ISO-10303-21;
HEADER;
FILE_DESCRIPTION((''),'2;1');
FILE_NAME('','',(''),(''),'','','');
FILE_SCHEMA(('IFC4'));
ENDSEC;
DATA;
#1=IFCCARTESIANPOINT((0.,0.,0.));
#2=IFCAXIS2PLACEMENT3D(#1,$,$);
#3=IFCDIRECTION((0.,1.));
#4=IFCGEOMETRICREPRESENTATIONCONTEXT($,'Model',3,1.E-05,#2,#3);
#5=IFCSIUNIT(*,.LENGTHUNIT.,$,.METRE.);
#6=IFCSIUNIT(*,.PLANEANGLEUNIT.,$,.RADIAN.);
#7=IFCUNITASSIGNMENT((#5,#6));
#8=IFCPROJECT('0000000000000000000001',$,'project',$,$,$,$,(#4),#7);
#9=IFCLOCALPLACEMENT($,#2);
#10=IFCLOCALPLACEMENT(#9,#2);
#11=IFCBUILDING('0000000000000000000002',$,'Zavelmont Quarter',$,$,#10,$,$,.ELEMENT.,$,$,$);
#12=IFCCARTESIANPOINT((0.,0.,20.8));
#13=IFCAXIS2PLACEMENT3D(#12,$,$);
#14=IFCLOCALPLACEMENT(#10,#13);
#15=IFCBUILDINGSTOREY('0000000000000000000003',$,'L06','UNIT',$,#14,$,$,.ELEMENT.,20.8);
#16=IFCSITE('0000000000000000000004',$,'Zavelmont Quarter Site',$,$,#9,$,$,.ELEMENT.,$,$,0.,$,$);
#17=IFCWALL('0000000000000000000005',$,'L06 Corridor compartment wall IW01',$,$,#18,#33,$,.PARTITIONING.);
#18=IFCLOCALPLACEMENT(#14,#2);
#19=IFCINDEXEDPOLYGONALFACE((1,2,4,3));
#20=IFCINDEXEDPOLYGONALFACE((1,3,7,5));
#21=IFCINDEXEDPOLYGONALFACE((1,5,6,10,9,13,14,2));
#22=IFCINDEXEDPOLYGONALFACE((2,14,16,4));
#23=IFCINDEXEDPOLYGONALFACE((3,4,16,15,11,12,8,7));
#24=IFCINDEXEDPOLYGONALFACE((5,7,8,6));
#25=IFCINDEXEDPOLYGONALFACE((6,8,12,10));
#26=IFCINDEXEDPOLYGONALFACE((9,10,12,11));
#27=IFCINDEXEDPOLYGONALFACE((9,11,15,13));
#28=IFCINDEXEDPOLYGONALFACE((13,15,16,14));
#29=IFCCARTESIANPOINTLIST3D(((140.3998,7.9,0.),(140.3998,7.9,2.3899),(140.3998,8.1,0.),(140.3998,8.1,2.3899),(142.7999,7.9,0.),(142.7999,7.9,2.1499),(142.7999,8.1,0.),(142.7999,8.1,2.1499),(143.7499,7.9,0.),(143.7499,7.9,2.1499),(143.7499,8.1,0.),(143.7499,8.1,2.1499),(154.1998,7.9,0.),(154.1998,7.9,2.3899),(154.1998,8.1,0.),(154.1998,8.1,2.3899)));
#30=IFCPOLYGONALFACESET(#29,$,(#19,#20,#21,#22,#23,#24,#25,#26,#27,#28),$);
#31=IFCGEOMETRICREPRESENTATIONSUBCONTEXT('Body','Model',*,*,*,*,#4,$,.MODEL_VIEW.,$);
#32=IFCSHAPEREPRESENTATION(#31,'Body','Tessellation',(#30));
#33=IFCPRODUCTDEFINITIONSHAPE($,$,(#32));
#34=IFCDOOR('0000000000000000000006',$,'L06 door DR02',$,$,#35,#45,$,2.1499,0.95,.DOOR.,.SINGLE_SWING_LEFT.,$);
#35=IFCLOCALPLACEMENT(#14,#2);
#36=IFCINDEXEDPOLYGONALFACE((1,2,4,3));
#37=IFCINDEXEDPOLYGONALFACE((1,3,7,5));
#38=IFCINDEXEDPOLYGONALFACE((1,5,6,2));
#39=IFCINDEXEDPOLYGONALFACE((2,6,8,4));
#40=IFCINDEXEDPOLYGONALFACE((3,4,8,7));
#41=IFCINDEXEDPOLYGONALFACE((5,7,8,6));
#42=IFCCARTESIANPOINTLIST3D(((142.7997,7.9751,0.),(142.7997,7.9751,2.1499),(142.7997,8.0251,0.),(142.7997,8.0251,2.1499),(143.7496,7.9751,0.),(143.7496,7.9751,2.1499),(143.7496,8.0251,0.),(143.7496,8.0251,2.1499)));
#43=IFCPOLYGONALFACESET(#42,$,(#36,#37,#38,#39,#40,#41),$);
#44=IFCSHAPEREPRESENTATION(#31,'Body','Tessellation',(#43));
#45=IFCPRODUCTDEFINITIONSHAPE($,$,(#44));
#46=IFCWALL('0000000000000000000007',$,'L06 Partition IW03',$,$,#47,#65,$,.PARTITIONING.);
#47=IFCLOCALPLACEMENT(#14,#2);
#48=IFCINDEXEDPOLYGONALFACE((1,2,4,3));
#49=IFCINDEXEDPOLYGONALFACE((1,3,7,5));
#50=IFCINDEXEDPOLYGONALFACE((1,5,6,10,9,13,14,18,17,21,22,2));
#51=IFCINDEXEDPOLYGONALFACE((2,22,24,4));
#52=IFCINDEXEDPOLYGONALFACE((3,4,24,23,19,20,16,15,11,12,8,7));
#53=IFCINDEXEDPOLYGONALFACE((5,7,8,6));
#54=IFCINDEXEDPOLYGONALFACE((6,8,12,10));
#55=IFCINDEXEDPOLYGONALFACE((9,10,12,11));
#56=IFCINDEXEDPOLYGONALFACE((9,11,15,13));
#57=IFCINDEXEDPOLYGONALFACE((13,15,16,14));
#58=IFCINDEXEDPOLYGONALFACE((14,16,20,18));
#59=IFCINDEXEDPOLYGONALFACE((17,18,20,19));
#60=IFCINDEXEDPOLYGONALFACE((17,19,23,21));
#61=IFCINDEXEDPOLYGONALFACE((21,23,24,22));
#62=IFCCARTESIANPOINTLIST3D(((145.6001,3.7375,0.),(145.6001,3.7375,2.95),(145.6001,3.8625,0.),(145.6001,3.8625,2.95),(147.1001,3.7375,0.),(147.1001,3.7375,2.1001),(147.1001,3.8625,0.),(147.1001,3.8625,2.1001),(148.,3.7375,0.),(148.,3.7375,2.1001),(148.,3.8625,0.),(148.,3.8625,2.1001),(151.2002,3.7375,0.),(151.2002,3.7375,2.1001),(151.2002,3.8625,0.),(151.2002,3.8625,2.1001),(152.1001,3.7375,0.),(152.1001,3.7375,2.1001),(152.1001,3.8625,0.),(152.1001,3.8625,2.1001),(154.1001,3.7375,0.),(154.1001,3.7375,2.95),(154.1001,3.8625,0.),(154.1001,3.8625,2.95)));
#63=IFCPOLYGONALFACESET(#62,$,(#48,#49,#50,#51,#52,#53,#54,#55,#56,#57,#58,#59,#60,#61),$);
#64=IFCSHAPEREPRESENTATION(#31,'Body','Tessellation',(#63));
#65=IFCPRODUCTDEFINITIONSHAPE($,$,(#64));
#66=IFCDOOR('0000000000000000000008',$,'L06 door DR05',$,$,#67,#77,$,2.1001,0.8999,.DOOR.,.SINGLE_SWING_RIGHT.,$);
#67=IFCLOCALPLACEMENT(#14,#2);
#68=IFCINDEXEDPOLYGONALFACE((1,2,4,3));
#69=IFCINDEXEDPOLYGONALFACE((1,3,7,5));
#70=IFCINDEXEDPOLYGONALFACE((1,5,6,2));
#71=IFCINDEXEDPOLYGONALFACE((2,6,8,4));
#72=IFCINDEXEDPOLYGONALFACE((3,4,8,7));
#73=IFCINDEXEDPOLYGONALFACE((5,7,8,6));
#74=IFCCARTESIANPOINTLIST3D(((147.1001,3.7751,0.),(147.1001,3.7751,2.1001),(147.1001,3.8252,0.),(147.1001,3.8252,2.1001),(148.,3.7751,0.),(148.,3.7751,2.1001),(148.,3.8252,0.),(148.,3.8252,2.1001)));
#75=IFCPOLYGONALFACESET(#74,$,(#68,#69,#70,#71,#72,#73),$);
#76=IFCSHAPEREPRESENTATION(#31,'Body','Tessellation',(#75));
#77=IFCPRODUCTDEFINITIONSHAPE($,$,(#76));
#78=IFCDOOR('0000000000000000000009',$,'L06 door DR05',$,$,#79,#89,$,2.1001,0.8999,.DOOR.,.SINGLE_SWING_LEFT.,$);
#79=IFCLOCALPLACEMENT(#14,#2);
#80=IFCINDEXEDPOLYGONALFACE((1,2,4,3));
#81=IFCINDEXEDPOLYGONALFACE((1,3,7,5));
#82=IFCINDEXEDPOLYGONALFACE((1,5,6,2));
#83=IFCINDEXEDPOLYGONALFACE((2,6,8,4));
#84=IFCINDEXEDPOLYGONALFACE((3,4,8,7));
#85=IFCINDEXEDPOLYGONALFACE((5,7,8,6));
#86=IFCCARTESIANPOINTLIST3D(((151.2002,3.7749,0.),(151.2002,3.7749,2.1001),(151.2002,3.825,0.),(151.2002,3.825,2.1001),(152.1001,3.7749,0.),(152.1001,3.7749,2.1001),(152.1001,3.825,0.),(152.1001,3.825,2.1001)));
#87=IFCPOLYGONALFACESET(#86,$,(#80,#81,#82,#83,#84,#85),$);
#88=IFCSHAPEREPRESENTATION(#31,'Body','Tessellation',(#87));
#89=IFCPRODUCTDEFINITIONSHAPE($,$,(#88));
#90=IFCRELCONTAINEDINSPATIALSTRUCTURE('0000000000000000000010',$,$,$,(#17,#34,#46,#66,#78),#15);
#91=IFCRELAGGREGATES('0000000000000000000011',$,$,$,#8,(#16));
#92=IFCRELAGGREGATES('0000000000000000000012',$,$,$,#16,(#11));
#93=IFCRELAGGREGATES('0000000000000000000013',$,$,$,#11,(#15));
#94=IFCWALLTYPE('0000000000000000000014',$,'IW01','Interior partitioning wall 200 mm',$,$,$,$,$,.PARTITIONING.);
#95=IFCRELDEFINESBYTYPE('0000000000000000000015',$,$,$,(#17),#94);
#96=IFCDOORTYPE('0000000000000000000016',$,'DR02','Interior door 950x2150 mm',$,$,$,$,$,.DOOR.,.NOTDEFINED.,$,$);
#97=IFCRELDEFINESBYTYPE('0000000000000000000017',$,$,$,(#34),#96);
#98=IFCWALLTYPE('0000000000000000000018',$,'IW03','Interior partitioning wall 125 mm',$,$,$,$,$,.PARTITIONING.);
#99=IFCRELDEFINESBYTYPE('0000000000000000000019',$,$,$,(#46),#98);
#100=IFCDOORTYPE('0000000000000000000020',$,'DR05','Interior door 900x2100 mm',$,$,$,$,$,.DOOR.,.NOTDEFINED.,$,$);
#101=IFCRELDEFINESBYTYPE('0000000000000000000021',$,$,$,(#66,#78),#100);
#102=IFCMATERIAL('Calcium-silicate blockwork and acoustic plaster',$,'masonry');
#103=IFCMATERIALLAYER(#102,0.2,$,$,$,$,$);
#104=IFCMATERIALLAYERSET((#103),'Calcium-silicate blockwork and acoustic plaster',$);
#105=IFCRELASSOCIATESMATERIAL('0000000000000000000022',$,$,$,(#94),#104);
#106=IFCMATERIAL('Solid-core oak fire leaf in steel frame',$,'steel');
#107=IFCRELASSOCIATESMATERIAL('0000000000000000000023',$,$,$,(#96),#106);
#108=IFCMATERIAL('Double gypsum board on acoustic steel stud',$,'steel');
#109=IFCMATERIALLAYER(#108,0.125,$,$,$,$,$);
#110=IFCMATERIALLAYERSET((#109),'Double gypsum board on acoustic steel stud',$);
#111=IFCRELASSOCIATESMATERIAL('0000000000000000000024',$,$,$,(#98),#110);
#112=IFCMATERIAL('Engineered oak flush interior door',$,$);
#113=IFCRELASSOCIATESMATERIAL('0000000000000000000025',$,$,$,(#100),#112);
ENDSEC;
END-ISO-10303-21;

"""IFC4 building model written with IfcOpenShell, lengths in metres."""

from ifc_helpers import new_model, si_unit, direction, frame, frame_2d, origin, origin_with_axes, place, context, subcontext, project, spatial, rectangle, extrude, material, layer, layer_set, type_object, element, fill, save


model = new_model("IFC4")

# Units and contexts
model_context = context("Model", 3, precision=1e-05, world=origin(), true_north=direction((0.0, 1.0)))
body_context = subcontext(model_context, "Body", "Model", "MODEL_VIEW")
ifc_project = project(units=[si_unit("LENGTHUNIT", "METRE"), si_unit("PLANEANGLEUNIT", "RADIAN")], contexts=[model_context])

# Site, building, storey
site_placement = place(None, origin())
site = spatial("IfcSite", under=ifc_project, at=site_placement, Name="Zavelmont Quarter Site", CompositionType="ELEMENT", RefElevation=0.0)
building_placement = place(site_placement, origin())
building = spatial("IfcBuilding", under=site, at=building_placement, Name="Zavelmont Quarter", CompositionType="ELEMENT")
storey_placement = place(building_placement, frame((0.0, 0.0, 20.8)))
storey = spatial("IfcBuildingStorey", under=building, at=storey_placement, Name="L06", Description="UNIT", CompositionType="ELEMENT", Elevation=20.8)

# Shared definitions
ifc_material_1 = material(Name="Calcium-silicate blockwork and acoustic plaster", Category="masonry")
ifc_layer_1 = layer(ifc_material_1, 0.2)
ifc_layer_set_1 = layer_set([ifc_layer_1], Name="Calcium-silicate blockwork and acoustic plaster")
wall_type_1 = type_object("IfcWallType", Name="IW01", Description="Interior partitioning wall 200 mm", PredefinedType="PARTITIONING", material=ifc_layer_set_1)

# Wall, opening, door
wall_1_placement = place(storey_placement, frame((140.3999, 8.0, 0.0), z_axis=(0.0, 0.0, 1.0), x_axis=(1.0, 0.0, 0.0)))
wall_1 = element("IfcWall", 1, at=wall_1_placement, inside=storey, type_object=wall_type_1, Name="L06 Corridor compartment wall IW01", PredefinedType="PARTITIONING", context=body_context, shape_type="SweptSolid", body=[
    extrude(rectangle(XDim=13.8, YDim=0.2, at=frame_2d((6.8999, 0.0))), origin(), (0.0, 0.0, 1.0), 2.3899),
])
opening_1_placement = place(wall_1_placement, frame((2.3999, 0.0, 0.0)))
opening_1 = element("IfcOpeningElement", 2, at=opening_1_placement, cuts=wall_1, PredefinedType="OPENING", context=body_context, shape_type="SweptSolid", body=[
    extrude(rectangle(XDim=0.95, YDim=2.1499, at=frame_2d((0.4751, 1.075))), frame((0.0, 0.1118, 0.0), z_axis=(0.0, -1.0, 0.0), x_axis=(1.0, 0.0, 0.0)), (0.0, 0.0, 1.0), 0.2239),
])
ifc_material_2 = material(Name="Solid-core oak fire leaf in steel frame", Category="steel")
door_type_1 = type_object("IfcDoorType", Name="DR02", Description="Interior door 950x2150 mm", OperationType="NOTDEFINED", PredefinedType="DOOR", material=ifc_material_2)
door_1_placement = place(opening_1_placement, frame((0.95, 0.0, 0.0), z_axis=(0.0, 0.0, 1.0), x_axis=(-1.0, 0.0, 0.0)))
door_1 = element("IfcDoor", 3, at=door_1_placement, inside=storey, type_object=door_type_1, Name="L06 door DR02", OperationType="SINGLE_SWING_LEFT", OverallHeight=2.1499, OverallWidth=0.95, PredefinedType="DOOR", context=body_context, shape_type="SweptSolid", body=[
    extrude(rectangle(XDim=0.95, YDim=2.1499, at=frame_2d((0.4751, 1.075))), frame((0.0, 0.0249, 0.0), z_axis=(0.0, -1.0, 0.0), x_axis=(1.0, 0.0, 0.0)), (0.0, 0.0, 1.0), 0.05),
])
fill(opening_1, door_1)

# Wall, openings, doors
ifc_material_3 = material(Name="Double gypsum board on acoustic steel stud", Category="steel")
ifc_layer_2 = layer(ifc_material_3, 0.125)
ifc_layer_set_2 = layer_set([ifc_layer_2], Name="Double gypsum board on acoustic steel stud")
wall_type_2 = type_object("IfcWallType", Name="IW03", Description="Interior partitioning wall 125 mm", PredefinedType="PARTITIONING", material=ifc_layer_set_2)
wall_2_placement = place(storey_placement, frame((145.6001, 3.8, 0.0), z_axis=(0.0, 0.0, 1.0), x_axis=(1.0, 0.0, 0.0)))
wall_2 = element("IfcWall", 4, at=wall_2_placement, inside=storey, type_object=wall_type_2, Name="L06 Partition IW03", PredefinedType="PARTITIONING", context=body_context, shape_type="SweptSolid", body=[
    extrude(rectangle(XDim=8.5, YDim=0.125, at=frame_2d((4.25, 0.0))), origin(), (0.0, 0.0, 1.0), 2.95),
])
opening_2_placement = place(wall_2_placement, frame((1.5, 0.0, 0.0)))
opening_2 = element("IfcOpeningElement", 5, at=opening_2_placement, cuts=wall_2, PredefinedType="OPENING", context=body_context, shape_type="SweptSolid", body=[
    extrude(rectangle(XDim=0.8999, YDim=2.1001, at=frame_2d((0.45, 1.05))), frame((0.0, 0.0745, 0.0), z_axis=(0.0, -1.0, 0.0), x_axis=(1.0, 0.0, 0.0)), (0.0, 0.0, 1.0), 0.1489),
])
opening_3_placement = place(wall_2_placement, frame((5.6001, 0.0, 0.0)))
opening_3 = element("IfcOpeningElement", 6, at=opening_3_placement, cuts=wall_2, PredefinedType="OPENING", context=body_context, shape_type="SweptSolid", body=[
    extrude(rectangle(XDim=0.8999, YDim=2.1001, at=frame_2d((0.45, 1.05))), frame((0.0, 0.0745, 0.0), z_axis=(0.0, -1.0, 0.0), x_axis=(1.0, 0.0, 0.0)), (0.0, 0.0, 1.0), 0.1489),
])
ifc_material_4 = material(Name="Engineered oak flush interior door")
door_type_2 = type_object("IfcDoorType", Name="DR05", Description="Interior door 900x2100 mm", OperationType="NOTDEFINED", PredefinedType="DOOR", material=ifc_material_4)
door_2_placement = place(opening_2_placement, frame((0.8999, 0.0, 0.0), z_axis=(0.0, 0.0, 1.0), x_axis=(-1.0, 0.0, 0.0)))
door_2 = element("IfcDoor", 7, at=door_2_placement, inside=storey, type_object=door_type_2, Name="L06 door DR05", OperationType="SINGLE_SWING_RIGHT", OverallHeight=2.1001, OverallWidth=0.8999, PredefinedType="DOOR", context=body_context, shape_type="SweptSolid", body=[
    extrude(rectangle(XDim=0.8999, YDim=2.1001, at=frame_2d((0.45, 1.05))), frame((0.0, 0.0249, 0.0), z_axis=(0.0, -1.0, 0.0), x_axis=(1.0, 0.0, 0.0)), (0.0, 0.0, 1.0), 0.05),
])
fill(opening_2, door_2)
door_3_placement = place(opening_3_placement, origin_with_axes())
door_3 = element("IfcDoor", 8, at=door_3_placement, inside=storey, type_object=door_type_2, Name="L06 door DR05", OperationType="SINGLE_SWING_LEFT", OverallHeight=2.1001, OverallWidth=0.8999, PredefinedType="DOOR", context=body_context, shape_type="SweptSolid", body=[
    extrude(rectangle(XDim=0.8999, YDim=2.1001, at=frame_2d((0.45, 1.05))), frame((0.0, 0.0249, 0.0), z_axis=(0.0, -1.0, 0.0), x_axis=(1.0, 0.0, 0.0)), (0.0, 0.0, 1.0), 0.05),
])
fill(opening_3, door_3)

save(model, "model.ifc")
